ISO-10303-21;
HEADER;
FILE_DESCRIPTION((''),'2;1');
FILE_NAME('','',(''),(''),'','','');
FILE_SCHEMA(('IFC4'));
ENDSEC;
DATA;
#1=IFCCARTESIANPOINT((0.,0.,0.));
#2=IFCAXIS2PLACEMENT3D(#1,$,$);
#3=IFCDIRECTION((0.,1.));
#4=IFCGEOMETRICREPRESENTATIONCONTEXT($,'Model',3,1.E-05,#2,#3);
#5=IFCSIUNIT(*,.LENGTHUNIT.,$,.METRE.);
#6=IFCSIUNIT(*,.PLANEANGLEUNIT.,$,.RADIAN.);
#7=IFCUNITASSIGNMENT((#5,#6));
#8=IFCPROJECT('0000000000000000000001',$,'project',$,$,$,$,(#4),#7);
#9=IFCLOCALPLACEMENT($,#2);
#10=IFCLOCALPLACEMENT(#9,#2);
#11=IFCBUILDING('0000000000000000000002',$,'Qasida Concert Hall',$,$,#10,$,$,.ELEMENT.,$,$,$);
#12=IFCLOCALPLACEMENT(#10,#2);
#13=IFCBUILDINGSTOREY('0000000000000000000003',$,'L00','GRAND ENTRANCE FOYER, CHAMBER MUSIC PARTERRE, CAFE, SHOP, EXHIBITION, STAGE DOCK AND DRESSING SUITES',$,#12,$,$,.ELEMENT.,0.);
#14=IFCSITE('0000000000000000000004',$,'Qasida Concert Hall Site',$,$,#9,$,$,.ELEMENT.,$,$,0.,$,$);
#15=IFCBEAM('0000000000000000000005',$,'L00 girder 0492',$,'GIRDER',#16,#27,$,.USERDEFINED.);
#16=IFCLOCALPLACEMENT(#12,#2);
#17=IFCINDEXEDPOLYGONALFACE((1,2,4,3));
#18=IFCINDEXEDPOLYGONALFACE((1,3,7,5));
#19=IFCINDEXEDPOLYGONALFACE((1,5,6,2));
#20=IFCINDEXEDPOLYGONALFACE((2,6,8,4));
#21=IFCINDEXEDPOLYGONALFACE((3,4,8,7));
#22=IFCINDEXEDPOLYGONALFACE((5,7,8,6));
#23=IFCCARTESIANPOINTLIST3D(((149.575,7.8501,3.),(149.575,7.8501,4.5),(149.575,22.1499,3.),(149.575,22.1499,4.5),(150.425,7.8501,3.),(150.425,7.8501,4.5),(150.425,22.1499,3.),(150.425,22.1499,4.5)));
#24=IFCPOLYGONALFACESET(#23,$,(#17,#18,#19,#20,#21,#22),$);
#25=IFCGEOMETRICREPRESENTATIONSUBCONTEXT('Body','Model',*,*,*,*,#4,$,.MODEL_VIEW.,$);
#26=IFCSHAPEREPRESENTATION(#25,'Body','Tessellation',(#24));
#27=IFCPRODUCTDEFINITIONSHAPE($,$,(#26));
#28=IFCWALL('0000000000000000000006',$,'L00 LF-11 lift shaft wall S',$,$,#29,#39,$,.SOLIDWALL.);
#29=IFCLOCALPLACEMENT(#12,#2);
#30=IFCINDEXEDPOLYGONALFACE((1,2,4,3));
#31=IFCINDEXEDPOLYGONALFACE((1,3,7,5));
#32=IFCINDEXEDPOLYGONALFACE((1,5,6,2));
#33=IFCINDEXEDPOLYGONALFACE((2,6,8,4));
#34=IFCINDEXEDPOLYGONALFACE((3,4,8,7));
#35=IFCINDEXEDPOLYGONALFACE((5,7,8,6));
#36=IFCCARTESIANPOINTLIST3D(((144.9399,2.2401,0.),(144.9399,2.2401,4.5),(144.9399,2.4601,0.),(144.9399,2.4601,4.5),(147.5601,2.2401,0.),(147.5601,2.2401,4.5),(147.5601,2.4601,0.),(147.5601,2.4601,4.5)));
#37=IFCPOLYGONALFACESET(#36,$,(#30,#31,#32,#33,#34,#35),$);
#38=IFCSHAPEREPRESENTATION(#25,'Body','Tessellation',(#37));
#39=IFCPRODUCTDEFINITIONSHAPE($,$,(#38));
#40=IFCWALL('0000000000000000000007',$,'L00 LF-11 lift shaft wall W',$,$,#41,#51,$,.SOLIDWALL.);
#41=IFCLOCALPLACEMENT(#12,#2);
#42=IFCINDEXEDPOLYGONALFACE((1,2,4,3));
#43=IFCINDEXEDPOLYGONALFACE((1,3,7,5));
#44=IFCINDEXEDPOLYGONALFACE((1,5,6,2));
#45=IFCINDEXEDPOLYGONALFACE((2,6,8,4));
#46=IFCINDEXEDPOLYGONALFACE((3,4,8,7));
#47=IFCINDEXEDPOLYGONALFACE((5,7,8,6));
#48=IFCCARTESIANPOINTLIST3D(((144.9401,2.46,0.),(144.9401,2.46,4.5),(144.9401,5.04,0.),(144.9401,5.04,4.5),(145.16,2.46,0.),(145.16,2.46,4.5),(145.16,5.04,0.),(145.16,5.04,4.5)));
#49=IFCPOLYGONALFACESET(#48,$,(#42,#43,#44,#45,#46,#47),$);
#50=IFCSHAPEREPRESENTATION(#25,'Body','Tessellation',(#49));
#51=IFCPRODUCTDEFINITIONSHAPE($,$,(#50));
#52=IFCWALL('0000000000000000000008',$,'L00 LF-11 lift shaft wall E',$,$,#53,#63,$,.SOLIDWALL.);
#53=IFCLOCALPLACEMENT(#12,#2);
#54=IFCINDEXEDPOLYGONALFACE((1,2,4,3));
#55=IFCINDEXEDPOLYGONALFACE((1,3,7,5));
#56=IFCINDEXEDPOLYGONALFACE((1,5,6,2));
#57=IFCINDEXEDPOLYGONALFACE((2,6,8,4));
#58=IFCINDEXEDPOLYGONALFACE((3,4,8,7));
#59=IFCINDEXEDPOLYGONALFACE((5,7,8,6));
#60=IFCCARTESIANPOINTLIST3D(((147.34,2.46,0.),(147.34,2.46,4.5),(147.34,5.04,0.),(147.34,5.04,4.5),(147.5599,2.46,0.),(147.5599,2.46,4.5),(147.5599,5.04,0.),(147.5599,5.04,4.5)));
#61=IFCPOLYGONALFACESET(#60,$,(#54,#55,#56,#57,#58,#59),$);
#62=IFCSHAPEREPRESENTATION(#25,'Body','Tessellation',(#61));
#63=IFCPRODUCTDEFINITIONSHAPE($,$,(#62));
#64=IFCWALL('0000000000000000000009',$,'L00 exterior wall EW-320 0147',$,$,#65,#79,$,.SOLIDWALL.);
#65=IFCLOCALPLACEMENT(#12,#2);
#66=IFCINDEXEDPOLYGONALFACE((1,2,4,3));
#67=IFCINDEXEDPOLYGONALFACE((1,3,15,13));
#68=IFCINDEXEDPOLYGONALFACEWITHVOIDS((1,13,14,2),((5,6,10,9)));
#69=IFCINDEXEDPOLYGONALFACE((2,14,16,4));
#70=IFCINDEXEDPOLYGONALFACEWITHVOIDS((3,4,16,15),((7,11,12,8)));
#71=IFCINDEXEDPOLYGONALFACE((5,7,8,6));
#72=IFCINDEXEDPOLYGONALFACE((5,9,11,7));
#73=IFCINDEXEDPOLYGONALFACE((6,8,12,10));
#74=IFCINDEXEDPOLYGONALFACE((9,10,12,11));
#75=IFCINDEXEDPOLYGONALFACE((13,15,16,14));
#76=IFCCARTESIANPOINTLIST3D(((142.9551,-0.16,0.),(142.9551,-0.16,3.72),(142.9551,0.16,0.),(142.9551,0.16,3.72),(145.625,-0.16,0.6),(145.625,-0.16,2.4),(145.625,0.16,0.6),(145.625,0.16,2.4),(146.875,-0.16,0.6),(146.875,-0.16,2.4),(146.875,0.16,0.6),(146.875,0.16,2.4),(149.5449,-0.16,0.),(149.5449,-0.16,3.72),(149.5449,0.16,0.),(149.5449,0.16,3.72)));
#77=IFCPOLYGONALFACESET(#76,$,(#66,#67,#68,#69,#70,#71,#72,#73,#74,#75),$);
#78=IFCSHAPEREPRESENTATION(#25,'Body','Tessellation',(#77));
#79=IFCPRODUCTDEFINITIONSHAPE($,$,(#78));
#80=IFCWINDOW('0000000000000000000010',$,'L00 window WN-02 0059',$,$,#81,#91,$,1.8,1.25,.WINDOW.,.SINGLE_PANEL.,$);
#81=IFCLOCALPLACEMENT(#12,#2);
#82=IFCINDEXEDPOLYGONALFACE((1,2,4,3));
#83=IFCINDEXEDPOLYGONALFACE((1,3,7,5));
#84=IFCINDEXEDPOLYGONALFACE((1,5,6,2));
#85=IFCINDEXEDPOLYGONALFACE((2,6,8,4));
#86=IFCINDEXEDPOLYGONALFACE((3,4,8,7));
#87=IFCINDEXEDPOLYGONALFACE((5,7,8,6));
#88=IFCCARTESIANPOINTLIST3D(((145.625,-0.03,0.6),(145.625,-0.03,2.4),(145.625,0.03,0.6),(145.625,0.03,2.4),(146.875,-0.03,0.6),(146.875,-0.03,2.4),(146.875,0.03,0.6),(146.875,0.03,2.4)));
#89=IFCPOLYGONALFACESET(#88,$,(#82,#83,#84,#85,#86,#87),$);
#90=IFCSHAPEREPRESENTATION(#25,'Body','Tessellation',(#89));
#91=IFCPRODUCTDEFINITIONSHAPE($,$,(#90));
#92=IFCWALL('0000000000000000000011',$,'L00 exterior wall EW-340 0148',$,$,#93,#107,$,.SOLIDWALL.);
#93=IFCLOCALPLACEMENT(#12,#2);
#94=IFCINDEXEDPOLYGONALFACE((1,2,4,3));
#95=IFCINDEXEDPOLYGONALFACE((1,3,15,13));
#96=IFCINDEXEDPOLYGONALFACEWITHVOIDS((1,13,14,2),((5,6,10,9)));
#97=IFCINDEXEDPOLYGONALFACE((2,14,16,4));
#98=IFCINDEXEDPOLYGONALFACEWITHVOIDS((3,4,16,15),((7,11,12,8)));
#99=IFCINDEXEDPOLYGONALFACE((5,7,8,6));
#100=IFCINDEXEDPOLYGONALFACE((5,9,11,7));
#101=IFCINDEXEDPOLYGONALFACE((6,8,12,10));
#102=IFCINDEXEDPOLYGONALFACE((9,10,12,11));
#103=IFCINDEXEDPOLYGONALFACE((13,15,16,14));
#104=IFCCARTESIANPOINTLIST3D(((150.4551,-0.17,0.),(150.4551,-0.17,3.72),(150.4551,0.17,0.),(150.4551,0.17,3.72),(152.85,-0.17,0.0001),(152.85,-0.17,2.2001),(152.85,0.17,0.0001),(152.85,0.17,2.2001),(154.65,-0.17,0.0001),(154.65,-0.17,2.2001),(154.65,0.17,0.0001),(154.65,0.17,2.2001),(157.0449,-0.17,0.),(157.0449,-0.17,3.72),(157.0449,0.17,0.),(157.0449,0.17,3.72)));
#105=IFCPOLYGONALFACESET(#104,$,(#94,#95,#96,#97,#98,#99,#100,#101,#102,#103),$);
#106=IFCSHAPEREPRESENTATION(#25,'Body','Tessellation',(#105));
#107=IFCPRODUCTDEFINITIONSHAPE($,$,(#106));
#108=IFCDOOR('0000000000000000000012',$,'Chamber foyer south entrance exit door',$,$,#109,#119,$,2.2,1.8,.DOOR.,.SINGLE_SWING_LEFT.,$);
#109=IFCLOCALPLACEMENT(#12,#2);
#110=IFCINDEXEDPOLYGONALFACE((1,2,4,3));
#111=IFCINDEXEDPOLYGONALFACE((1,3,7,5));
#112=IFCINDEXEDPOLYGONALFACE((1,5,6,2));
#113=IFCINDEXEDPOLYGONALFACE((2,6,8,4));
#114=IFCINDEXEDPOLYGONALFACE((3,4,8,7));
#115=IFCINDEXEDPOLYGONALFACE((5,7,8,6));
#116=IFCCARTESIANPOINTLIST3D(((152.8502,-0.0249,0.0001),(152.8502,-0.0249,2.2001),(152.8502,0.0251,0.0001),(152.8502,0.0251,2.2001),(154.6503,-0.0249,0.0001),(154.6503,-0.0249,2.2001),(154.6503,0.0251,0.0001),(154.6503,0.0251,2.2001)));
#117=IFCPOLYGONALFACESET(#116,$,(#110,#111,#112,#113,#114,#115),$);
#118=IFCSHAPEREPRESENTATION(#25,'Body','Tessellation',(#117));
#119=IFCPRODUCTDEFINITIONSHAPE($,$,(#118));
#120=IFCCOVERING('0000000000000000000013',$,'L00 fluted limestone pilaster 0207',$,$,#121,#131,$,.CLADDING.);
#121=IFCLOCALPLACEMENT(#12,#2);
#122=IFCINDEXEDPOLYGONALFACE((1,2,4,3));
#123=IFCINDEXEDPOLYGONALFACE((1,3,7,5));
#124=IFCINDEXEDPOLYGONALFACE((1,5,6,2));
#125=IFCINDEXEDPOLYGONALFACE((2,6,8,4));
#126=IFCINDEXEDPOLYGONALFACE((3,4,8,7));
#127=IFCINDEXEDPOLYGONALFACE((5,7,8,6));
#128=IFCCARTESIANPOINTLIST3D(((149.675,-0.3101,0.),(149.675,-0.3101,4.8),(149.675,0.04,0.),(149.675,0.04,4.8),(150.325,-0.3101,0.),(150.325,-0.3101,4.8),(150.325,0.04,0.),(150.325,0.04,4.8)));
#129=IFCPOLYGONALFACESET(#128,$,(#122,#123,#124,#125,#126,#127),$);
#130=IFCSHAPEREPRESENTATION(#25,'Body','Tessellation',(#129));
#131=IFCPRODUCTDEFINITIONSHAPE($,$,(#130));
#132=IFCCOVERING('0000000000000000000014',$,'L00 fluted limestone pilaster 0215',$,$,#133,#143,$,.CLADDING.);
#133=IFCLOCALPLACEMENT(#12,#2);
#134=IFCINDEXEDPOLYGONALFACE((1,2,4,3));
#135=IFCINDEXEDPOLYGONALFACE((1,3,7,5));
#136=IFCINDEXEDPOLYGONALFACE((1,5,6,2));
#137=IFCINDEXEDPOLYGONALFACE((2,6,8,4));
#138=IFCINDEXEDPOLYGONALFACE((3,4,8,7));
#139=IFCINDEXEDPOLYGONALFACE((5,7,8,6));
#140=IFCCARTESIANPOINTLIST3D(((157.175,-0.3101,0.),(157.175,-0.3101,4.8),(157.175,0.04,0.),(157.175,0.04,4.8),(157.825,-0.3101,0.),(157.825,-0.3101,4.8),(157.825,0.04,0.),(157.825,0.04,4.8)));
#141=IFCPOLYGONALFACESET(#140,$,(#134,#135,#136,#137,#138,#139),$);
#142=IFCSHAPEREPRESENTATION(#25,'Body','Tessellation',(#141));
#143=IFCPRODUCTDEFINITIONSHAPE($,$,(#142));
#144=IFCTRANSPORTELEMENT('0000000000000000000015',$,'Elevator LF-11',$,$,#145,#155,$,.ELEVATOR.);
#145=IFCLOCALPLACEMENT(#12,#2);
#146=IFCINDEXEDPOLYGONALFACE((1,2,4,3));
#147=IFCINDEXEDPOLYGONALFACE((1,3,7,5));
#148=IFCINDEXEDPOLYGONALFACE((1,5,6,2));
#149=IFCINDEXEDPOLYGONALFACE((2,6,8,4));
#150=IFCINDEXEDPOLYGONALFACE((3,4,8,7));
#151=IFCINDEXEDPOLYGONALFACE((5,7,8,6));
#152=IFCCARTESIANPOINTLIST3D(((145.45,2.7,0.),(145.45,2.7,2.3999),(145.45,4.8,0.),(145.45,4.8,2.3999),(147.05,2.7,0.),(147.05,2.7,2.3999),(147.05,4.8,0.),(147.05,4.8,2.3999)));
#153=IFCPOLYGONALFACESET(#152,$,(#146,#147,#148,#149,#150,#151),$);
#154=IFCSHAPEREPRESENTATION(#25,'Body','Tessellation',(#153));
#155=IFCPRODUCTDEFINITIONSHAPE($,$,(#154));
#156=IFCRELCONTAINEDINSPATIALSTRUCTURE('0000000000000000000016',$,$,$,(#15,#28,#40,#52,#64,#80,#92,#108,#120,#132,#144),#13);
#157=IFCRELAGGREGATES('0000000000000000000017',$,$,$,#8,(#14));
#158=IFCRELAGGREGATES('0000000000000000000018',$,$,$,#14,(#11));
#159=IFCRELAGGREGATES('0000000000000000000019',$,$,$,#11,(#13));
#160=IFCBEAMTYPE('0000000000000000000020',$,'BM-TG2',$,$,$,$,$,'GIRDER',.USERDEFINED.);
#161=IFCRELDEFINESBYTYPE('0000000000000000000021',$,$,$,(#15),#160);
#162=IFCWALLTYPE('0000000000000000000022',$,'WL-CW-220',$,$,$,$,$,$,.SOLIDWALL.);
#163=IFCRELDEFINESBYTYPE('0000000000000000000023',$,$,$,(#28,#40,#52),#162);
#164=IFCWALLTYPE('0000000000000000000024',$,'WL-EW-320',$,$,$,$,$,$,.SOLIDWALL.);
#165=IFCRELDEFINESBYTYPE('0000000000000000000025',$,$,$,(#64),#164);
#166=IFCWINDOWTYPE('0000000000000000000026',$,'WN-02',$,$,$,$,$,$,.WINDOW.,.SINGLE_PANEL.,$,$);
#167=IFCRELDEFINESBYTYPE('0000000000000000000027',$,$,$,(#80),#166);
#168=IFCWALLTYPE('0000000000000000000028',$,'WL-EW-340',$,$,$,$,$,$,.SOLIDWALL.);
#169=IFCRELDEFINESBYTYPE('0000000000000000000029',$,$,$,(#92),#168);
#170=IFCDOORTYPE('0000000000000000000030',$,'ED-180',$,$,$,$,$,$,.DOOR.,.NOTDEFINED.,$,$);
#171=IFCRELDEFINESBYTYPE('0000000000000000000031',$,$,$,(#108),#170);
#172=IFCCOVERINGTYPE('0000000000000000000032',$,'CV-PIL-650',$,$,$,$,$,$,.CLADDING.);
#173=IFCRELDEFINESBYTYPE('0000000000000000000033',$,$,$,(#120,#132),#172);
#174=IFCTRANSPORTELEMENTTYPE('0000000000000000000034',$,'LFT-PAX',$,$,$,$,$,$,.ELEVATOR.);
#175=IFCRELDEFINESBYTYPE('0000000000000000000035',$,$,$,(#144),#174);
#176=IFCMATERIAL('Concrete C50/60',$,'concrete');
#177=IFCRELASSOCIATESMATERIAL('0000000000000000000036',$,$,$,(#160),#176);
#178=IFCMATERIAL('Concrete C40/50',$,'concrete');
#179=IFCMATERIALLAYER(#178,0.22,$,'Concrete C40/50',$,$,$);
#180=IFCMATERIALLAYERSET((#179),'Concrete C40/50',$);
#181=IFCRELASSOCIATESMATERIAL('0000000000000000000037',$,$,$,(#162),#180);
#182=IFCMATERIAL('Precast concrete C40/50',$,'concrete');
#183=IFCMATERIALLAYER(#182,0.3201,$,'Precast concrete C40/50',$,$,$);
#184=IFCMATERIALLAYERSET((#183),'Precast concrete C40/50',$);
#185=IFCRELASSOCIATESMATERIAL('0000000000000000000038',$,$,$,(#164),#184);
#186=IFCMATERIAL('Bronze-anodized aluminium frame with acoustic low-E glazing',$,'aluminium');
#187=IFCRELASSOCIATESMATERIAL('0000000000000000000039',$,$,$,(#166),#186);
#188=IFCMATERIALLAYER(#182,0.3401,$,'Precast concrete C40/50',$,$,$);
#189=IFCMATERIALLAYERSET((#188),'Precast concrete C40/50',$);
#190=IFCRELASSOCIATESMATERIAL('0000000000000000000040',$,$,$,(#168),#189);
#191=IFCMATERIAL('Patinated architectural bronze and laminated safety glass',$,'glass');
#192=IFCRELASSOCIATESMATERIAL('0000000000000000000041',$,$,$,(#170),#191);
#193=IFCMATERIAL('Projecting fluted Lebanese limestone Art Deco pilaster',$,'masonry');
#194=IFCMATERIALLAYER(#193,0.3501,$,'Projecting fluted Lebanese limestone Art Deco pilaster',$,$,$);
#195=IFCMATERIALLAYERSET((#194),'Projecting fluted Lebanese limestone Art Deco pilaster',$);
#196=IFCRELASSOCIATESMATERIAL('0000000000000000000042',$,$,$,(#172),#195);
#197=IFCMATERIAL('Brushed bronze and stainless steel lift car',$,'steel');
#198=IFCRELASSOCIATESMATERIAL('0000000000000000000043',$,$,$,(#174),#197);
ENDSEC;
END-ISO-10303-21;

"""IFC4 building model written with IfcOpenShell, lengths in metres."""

from ifc_helpers import new_model, si_unit, direction, frame, frame_2d, origin, origin_2d, place, context, subcontext, project, spatial, rectangle, extrude, material, layer, layer_set, material_profile, profile_set, type_object, element, fill, save


model = new_model("IFC4")

# Units and contexts
model_context = context("Model", 3, precision=1e-05, world=origin(), true_north=direction((0.0, 1.0)))
body_context = subcontext(model_context, "Body", "Model", "MODEL_VIEW")
ifc_project = project(units=[si_unit("LENGTHUNIT", "METRE"), si_unit("PLANEANGLEUNIT", "RADIAN")], contexts=[model_context])

# Site, building, storey
site_placement = place(None, origin())
site = spatial("IfcSite", under=ifc_project, at=site_placement, Name="Qasida Concert Hall Site", CompositionType="ELEMENT", RefElevation=0.0)
building_placement = place(site_placement, origin())
building = spatial("IfcBuilding", under=site, at=building_placement, Name="Qasida Concert Hall", CompositionType="ELEMENT")
storey_placement = place(building_placement, origin())
storey = spatial("IfcBuildingStorey", under=building, at=storey_placement, Name="L00", Description="GRAND ENTRANCE FOYER, CHAMBER MUSIC PARTERRE, CAFE, SHOP, EXHIBITION, STAGE DOCK AND DRESSING SUITES", CompositionType="ELEMENT", Elevation=0.0)

# Shared definitions
ifc_material_1 = material(Name="Concrete C50/60", Category="concrete")

# Beam
ifc_material_2 = material(Name="Concrete C40/50", Category="concrete")
ifc_material_profile_1 = material_profile(ifc_material_1, rectangle(XDim=0.8501, YDim=1.5, at=origin_2d()), Name="RC 850x1500")
ifc_profile_set_1 = profile_set([ifc_material_profile_1], Name="Concrete C50/60")
beam_type_1 = type_object("IfcBeamType", Name="BM-TG2", ElementType="GIRDER", PredefinedType="USERDEFINED", material=ifc_profile_set_1)
beam_1_placement = place(storey_placement, frame((150.0, 7.8501, 3.75), z_axis=(0.0, 1.0, 0.0), x_axis=(-1.0, 0.0, 0.0)))
element("IfcBeam", 1, at=beam_1_placement, inside=storey, type_object=beam_type_1, Name="L00 girder 0492", ObjectType="GIRDER", PredefinedType="USERDEFINED", context=body_context, shape_type="SweptSolid", body=[
    extrude(rectangle(XDim=0.8501, YDim=1.5, at=origin_2d()), origin(), (0.0, 0.0, 1.0), 14.2998),
])

# Wall
ifc_layer_1 = layer(ifc_material_2, 0.22, Name="Concrete C40/50")
ifc_layer_set_1 = layer_set([ifc_layer_1], Name="Concrete C40/50")
wall_type_1 = type_object("IfcWallType", Name="WL-CW-220", PredefinedType="SOLIDWALL", material=ifc_layer_set_1)
wall_1_placement = place(storey_placement, frame((144.9399, 2.3501, 0.0), z_axis=(0.0, 0.0, 1.0), x_axis=(1.0, 0.0, 0.0)))
element("IfcWall", 2, at=wall_1_placement, inside=storey, type_object=wall_type_1, Name="L00 LF-11 lift shaft wall S", PredefinedType="SOLIDWALL", context=body_context, shape_type="SweptSolid", body=[
    extrude(rectangle(XDim=2.6201, YDim=0.22, at=frame_2d((1.3101, 0.0))), origin(), (0.0, 0.0, 1.0), 4.5),
])

# Walls
for number, where, z_axis, x_axis, name in (
    (3, (145.05, 2.46, 0.0), (0.0, 0.0, 1.0), (0.0, 1.0, 0.0), "L00 LF-11 lift shaft wall W"),
    (4, (147.45, 2.46, 0.0), (0.0, 0.0, 1.0), (0.0, 1.0, 0.0), "L00 LF-11 lift shaft wall E"),
):
    element("IfcWall", number, at=place(storey_placement, frame(where, z_axis=z_axis, x_axis=x_axis)), inside=storey, type_object=wall_type_1, Name=name, PredefinedType="SOLIDWALL", context=body_context, shape_type="SweptSolid", body=[
        extrude(rectangle(XDim=2.5801, YDim=0.22, at=frame_2d((1.29, 0.0))), origin(), (0.0, 0.0, 1.0), 4.5),
    ])

# Wall, opening, window
ifc_material_3 = material(Name="Precast concrete C40/50", Category="concrete")
ifc_layer_2 = layer(ifc_material_3, 0.3201, Name="Precast concrete C40/50")
ifc_layer_set_2 = layer_set([ifc_layer_2], Name="Precast concrete C40/50")
wall_type_2 = type_object("IfcWallType", Name="WL-EW-320", PredefinedType="SOLIDWALL", material=ifc_layer_set_2)
wall_2_placement = place(storey_placement, frame((142.9551, 0.0, 0.0), z_axis=(0.0, 0.0, 1.0), x_axis=(1.0, 0.0, 0.0)))
wall_2 = element("IfcWall", 5, at=wall_2_placement, inside=storey, type_object=wall_type_2, Name="L00 exterior wall EW-320 0147", PredefinedType="SOLIDWALL", context=body_context, shape_type="SweptSolid", body=[
    extrude(rectangle(XDim=6.5898, YDim=0.3201, at=frame_2d((3.2949, 0.0))), origin(), (0.0, 0.0, 1.0), 3.72),
])
opening_1_placement = place(wall_2_placement, frame((2.6699, 0.0, 0.6001)))
opening_1 = element("IfcOpeningElement", 6, at=opening_1_placement, cuts=wall_2, PredefinedType="OPENING", context=body_context, shape_type="SweptSolid", body=[
    extrude(rectangle(XDim=1.25, YDim=1.8, at=frame_2d((0.625, 0.8999))), frame((0.0, 0.1699, 0.0), z_axis=(0.0, -1.0, 0.0), x_axis=(1.0, 0.0, 0.0)), (0.0, 0.0, 1.0), 0.3401),
])
ifc_material_4 = material(Name="Bronze-anodized aluminium frame with acoustic low-E glazing", Category="aluminium")
window_type = type_object("IfcWindowType", Name="WN-02", PartitioningType="SINGLE_PANEL", PredefinedType="WINDOW", material=ifc_material_4)
window_placement = place(opening_1_placement, origin())
window = element("IfcWindow", 7, at=window_placement, inside=storey, type_object=window_type, Name="L00 window WN-02 0059", OverallHeight=1.8, OverallWidth=1.25, PartitioningType="SINGLE_PANEL", PredefinedType="WINDOW", context=body_context, shape_type="SweptSolid", body=[
    extrude(rectangle(XDim=1.25, YDim=1.8, at=frame_2d((0.625, 0.8999))), frame((0.0, 0.03, 0.0), z_axis=(0.0, -1.0, 0.0), x_axis=(1.0, 0.0, 0.0)), (0.0, 0.0, 1.0), 0.0601),
])
fill(opening_1, window)

# Wall, opening, door
ifc_layer_3 = layer(ifc_material_3, 0.3401, Name="Precast concrete C40/50")
ifc_layer_set_3 = layer_set([ifc_layer_3], Name="Precast concrete C40/50")
wall_type_3 = type_object("IfcWallType", Name="WL-EW-340", PredefinedType="SOLIDWALL", material=ifc_layer_set_3)
wall_3_placement = place(storey_placement, frame((150.4551, 0.0, 0.0), z_axis=(0.0, 0.0, 1.0), x_axis=(1.0, 0.0, 0.0)))
wall_3 = element("IfcWall", 8, at=wall_3_placement, inside=storey, type_object=wall_type_3, Name="L00 exterior wall EW-340 0148", PredefinedType="SOLIDWALL", context=body_context, shape_type="SweptSolid", body=[
    extrude(rectangle(XDim=6.5898, YDim=0.3401, at=frame_2d((3.2949, 0.0))), origin(), (0.0, 0.0, 1.0), 3.72),
])
opening_2_placement = place(wall_3_placement, frame((2.395, 0.0, 0.0)))
opening_2 = element("IfcOpeningElement", 9, at=opening_2_placement, cuts=wall_3, PredefinedType="OPENING", context=body_context, shape_type="SweptSolid", body=[
    extrude(rectangle(XDim=1.8, YDim=2.2, at=frame_2d((0.8999, 1.1001))), frame((0.0, 0.1799, 0.0), z_axis=(0.0, -1.0, 0.0), x_axis=(1.0, 0.0, 0.0)), (0.0, 0.0, 1.0), 0.3601),
])
ifc_material_5 = material(Name="Patinated architectural bronze and laminated safety glass", Category="glass")
door_type_1 = type_object("IfcDoorType", Name="ED-180", OperationType="NOTDEFINED", PredefinedType="DOOR", material=ifc_material_5)
door_1_placement = place(opening_2_placement, frame((1.8, 0.0, 0.0), z_axis=(0.0, 0.0, 1.0), x_axis=(-1.0, 0.0, 0.0)))
door_1 = element("IfcDoor", 10, at=door_1_placement, inside=storey, type_object=door_type_1, Name="Chamber foyer south entrance exit door", OperationType="SINGLE_SWING_LEFT", OverallHeight=2.2, OverallWidth=1.8, PredefinedType="DOOR", context=body_context, shape_type="SweptSolid", body=[
    extrude(rectangle(XDim=1.8, YDim=2.2, at=frame_2d((0.8999, 1.1001))), frame((0.0, 0.0249, 0.0), z_axis=(0.0, -1.0, 0.0), x_axis=(1.0, 0.0, 0.0)), (0.0, 0.0, 1.0), 0.05),
])
fill(opening_2, door_1)

# Coverings
ifc_material_6 = material(Name="Projecting fluted Lebanese limestone Art Deco pilaster", Category="masonry")
ifc_layer_4 = layer(ifc_material_6, 0.3501, Name="Projecting fluted Lebanese limestone Art Deco pilaster")
ifc_layer_set_4 = layer_set([ifc_layer_4], Name="Projecting fluted Lebanese limestone Art Deco pilaster")
covering_type = type_object("IfcCoveringType", Name="CV-PIL-650", PredefinedType="CLADDING", material=ifc_layer_set_4)
for number, where, z_axis, x_axis, name in (
    (11, (150.0, -0.135, 0.0), (0.0, 0.0, 1.0), (1.0, 0.0, 0.0), "L00 fluted limestone pilaster 0207"),
    (12, (157.5, -0.135, 0.0), (0.0, 0.0, 1.0), (1.0, 0.0, 0.0), "L00 fluted limestone pilaster 0215"),
):
    element("IfcCovering", number, at=place(storey_placement, frame(where, z_axis=z_axis, x_axis=x_axis)), inside=storey, type_object=covering_type, Name=name, PredefinedType="CLADDING", context=body_context, shape_type="SweptSolid", body=[
        extrude(rectangle(XDim=0.6499, YDim=0.3501, at=origin_2d()), origin(), (0.0, 0.0, 1.0), 4.8),
    ])

# Transport element
ifc_material_7 = material(Name="Brushed bronze and stainless steel lift car", Category="steel")
transport_element_type = type_object("IfcTransportElementType", Name="LFT-PAX", PredefinedType="ELEVATOR", material=ifc_material_7)
transport_element_placement = place(storey_placement, frame((146.25, 3.75, 0.0), z_axis=(0.0, 0.0, 1.0), x_axis=(1.0, 0.0, 0.0)))
element("IfcTransportElement", 13, at=transport_element_placement, inside=storey, type_object=transport_element_type, Name="Elevator LF-11", PredefinedType="ELEVATOR", context=body_context, shape_type="SweptSolid", body=[
    extrude(rectangle(XDim=1.6001, YDim=2.1001, at=origin_2d()), origin(), (0.0, 0.0, 1.0), 2.3999),
])

save(model, "model.ifc")
